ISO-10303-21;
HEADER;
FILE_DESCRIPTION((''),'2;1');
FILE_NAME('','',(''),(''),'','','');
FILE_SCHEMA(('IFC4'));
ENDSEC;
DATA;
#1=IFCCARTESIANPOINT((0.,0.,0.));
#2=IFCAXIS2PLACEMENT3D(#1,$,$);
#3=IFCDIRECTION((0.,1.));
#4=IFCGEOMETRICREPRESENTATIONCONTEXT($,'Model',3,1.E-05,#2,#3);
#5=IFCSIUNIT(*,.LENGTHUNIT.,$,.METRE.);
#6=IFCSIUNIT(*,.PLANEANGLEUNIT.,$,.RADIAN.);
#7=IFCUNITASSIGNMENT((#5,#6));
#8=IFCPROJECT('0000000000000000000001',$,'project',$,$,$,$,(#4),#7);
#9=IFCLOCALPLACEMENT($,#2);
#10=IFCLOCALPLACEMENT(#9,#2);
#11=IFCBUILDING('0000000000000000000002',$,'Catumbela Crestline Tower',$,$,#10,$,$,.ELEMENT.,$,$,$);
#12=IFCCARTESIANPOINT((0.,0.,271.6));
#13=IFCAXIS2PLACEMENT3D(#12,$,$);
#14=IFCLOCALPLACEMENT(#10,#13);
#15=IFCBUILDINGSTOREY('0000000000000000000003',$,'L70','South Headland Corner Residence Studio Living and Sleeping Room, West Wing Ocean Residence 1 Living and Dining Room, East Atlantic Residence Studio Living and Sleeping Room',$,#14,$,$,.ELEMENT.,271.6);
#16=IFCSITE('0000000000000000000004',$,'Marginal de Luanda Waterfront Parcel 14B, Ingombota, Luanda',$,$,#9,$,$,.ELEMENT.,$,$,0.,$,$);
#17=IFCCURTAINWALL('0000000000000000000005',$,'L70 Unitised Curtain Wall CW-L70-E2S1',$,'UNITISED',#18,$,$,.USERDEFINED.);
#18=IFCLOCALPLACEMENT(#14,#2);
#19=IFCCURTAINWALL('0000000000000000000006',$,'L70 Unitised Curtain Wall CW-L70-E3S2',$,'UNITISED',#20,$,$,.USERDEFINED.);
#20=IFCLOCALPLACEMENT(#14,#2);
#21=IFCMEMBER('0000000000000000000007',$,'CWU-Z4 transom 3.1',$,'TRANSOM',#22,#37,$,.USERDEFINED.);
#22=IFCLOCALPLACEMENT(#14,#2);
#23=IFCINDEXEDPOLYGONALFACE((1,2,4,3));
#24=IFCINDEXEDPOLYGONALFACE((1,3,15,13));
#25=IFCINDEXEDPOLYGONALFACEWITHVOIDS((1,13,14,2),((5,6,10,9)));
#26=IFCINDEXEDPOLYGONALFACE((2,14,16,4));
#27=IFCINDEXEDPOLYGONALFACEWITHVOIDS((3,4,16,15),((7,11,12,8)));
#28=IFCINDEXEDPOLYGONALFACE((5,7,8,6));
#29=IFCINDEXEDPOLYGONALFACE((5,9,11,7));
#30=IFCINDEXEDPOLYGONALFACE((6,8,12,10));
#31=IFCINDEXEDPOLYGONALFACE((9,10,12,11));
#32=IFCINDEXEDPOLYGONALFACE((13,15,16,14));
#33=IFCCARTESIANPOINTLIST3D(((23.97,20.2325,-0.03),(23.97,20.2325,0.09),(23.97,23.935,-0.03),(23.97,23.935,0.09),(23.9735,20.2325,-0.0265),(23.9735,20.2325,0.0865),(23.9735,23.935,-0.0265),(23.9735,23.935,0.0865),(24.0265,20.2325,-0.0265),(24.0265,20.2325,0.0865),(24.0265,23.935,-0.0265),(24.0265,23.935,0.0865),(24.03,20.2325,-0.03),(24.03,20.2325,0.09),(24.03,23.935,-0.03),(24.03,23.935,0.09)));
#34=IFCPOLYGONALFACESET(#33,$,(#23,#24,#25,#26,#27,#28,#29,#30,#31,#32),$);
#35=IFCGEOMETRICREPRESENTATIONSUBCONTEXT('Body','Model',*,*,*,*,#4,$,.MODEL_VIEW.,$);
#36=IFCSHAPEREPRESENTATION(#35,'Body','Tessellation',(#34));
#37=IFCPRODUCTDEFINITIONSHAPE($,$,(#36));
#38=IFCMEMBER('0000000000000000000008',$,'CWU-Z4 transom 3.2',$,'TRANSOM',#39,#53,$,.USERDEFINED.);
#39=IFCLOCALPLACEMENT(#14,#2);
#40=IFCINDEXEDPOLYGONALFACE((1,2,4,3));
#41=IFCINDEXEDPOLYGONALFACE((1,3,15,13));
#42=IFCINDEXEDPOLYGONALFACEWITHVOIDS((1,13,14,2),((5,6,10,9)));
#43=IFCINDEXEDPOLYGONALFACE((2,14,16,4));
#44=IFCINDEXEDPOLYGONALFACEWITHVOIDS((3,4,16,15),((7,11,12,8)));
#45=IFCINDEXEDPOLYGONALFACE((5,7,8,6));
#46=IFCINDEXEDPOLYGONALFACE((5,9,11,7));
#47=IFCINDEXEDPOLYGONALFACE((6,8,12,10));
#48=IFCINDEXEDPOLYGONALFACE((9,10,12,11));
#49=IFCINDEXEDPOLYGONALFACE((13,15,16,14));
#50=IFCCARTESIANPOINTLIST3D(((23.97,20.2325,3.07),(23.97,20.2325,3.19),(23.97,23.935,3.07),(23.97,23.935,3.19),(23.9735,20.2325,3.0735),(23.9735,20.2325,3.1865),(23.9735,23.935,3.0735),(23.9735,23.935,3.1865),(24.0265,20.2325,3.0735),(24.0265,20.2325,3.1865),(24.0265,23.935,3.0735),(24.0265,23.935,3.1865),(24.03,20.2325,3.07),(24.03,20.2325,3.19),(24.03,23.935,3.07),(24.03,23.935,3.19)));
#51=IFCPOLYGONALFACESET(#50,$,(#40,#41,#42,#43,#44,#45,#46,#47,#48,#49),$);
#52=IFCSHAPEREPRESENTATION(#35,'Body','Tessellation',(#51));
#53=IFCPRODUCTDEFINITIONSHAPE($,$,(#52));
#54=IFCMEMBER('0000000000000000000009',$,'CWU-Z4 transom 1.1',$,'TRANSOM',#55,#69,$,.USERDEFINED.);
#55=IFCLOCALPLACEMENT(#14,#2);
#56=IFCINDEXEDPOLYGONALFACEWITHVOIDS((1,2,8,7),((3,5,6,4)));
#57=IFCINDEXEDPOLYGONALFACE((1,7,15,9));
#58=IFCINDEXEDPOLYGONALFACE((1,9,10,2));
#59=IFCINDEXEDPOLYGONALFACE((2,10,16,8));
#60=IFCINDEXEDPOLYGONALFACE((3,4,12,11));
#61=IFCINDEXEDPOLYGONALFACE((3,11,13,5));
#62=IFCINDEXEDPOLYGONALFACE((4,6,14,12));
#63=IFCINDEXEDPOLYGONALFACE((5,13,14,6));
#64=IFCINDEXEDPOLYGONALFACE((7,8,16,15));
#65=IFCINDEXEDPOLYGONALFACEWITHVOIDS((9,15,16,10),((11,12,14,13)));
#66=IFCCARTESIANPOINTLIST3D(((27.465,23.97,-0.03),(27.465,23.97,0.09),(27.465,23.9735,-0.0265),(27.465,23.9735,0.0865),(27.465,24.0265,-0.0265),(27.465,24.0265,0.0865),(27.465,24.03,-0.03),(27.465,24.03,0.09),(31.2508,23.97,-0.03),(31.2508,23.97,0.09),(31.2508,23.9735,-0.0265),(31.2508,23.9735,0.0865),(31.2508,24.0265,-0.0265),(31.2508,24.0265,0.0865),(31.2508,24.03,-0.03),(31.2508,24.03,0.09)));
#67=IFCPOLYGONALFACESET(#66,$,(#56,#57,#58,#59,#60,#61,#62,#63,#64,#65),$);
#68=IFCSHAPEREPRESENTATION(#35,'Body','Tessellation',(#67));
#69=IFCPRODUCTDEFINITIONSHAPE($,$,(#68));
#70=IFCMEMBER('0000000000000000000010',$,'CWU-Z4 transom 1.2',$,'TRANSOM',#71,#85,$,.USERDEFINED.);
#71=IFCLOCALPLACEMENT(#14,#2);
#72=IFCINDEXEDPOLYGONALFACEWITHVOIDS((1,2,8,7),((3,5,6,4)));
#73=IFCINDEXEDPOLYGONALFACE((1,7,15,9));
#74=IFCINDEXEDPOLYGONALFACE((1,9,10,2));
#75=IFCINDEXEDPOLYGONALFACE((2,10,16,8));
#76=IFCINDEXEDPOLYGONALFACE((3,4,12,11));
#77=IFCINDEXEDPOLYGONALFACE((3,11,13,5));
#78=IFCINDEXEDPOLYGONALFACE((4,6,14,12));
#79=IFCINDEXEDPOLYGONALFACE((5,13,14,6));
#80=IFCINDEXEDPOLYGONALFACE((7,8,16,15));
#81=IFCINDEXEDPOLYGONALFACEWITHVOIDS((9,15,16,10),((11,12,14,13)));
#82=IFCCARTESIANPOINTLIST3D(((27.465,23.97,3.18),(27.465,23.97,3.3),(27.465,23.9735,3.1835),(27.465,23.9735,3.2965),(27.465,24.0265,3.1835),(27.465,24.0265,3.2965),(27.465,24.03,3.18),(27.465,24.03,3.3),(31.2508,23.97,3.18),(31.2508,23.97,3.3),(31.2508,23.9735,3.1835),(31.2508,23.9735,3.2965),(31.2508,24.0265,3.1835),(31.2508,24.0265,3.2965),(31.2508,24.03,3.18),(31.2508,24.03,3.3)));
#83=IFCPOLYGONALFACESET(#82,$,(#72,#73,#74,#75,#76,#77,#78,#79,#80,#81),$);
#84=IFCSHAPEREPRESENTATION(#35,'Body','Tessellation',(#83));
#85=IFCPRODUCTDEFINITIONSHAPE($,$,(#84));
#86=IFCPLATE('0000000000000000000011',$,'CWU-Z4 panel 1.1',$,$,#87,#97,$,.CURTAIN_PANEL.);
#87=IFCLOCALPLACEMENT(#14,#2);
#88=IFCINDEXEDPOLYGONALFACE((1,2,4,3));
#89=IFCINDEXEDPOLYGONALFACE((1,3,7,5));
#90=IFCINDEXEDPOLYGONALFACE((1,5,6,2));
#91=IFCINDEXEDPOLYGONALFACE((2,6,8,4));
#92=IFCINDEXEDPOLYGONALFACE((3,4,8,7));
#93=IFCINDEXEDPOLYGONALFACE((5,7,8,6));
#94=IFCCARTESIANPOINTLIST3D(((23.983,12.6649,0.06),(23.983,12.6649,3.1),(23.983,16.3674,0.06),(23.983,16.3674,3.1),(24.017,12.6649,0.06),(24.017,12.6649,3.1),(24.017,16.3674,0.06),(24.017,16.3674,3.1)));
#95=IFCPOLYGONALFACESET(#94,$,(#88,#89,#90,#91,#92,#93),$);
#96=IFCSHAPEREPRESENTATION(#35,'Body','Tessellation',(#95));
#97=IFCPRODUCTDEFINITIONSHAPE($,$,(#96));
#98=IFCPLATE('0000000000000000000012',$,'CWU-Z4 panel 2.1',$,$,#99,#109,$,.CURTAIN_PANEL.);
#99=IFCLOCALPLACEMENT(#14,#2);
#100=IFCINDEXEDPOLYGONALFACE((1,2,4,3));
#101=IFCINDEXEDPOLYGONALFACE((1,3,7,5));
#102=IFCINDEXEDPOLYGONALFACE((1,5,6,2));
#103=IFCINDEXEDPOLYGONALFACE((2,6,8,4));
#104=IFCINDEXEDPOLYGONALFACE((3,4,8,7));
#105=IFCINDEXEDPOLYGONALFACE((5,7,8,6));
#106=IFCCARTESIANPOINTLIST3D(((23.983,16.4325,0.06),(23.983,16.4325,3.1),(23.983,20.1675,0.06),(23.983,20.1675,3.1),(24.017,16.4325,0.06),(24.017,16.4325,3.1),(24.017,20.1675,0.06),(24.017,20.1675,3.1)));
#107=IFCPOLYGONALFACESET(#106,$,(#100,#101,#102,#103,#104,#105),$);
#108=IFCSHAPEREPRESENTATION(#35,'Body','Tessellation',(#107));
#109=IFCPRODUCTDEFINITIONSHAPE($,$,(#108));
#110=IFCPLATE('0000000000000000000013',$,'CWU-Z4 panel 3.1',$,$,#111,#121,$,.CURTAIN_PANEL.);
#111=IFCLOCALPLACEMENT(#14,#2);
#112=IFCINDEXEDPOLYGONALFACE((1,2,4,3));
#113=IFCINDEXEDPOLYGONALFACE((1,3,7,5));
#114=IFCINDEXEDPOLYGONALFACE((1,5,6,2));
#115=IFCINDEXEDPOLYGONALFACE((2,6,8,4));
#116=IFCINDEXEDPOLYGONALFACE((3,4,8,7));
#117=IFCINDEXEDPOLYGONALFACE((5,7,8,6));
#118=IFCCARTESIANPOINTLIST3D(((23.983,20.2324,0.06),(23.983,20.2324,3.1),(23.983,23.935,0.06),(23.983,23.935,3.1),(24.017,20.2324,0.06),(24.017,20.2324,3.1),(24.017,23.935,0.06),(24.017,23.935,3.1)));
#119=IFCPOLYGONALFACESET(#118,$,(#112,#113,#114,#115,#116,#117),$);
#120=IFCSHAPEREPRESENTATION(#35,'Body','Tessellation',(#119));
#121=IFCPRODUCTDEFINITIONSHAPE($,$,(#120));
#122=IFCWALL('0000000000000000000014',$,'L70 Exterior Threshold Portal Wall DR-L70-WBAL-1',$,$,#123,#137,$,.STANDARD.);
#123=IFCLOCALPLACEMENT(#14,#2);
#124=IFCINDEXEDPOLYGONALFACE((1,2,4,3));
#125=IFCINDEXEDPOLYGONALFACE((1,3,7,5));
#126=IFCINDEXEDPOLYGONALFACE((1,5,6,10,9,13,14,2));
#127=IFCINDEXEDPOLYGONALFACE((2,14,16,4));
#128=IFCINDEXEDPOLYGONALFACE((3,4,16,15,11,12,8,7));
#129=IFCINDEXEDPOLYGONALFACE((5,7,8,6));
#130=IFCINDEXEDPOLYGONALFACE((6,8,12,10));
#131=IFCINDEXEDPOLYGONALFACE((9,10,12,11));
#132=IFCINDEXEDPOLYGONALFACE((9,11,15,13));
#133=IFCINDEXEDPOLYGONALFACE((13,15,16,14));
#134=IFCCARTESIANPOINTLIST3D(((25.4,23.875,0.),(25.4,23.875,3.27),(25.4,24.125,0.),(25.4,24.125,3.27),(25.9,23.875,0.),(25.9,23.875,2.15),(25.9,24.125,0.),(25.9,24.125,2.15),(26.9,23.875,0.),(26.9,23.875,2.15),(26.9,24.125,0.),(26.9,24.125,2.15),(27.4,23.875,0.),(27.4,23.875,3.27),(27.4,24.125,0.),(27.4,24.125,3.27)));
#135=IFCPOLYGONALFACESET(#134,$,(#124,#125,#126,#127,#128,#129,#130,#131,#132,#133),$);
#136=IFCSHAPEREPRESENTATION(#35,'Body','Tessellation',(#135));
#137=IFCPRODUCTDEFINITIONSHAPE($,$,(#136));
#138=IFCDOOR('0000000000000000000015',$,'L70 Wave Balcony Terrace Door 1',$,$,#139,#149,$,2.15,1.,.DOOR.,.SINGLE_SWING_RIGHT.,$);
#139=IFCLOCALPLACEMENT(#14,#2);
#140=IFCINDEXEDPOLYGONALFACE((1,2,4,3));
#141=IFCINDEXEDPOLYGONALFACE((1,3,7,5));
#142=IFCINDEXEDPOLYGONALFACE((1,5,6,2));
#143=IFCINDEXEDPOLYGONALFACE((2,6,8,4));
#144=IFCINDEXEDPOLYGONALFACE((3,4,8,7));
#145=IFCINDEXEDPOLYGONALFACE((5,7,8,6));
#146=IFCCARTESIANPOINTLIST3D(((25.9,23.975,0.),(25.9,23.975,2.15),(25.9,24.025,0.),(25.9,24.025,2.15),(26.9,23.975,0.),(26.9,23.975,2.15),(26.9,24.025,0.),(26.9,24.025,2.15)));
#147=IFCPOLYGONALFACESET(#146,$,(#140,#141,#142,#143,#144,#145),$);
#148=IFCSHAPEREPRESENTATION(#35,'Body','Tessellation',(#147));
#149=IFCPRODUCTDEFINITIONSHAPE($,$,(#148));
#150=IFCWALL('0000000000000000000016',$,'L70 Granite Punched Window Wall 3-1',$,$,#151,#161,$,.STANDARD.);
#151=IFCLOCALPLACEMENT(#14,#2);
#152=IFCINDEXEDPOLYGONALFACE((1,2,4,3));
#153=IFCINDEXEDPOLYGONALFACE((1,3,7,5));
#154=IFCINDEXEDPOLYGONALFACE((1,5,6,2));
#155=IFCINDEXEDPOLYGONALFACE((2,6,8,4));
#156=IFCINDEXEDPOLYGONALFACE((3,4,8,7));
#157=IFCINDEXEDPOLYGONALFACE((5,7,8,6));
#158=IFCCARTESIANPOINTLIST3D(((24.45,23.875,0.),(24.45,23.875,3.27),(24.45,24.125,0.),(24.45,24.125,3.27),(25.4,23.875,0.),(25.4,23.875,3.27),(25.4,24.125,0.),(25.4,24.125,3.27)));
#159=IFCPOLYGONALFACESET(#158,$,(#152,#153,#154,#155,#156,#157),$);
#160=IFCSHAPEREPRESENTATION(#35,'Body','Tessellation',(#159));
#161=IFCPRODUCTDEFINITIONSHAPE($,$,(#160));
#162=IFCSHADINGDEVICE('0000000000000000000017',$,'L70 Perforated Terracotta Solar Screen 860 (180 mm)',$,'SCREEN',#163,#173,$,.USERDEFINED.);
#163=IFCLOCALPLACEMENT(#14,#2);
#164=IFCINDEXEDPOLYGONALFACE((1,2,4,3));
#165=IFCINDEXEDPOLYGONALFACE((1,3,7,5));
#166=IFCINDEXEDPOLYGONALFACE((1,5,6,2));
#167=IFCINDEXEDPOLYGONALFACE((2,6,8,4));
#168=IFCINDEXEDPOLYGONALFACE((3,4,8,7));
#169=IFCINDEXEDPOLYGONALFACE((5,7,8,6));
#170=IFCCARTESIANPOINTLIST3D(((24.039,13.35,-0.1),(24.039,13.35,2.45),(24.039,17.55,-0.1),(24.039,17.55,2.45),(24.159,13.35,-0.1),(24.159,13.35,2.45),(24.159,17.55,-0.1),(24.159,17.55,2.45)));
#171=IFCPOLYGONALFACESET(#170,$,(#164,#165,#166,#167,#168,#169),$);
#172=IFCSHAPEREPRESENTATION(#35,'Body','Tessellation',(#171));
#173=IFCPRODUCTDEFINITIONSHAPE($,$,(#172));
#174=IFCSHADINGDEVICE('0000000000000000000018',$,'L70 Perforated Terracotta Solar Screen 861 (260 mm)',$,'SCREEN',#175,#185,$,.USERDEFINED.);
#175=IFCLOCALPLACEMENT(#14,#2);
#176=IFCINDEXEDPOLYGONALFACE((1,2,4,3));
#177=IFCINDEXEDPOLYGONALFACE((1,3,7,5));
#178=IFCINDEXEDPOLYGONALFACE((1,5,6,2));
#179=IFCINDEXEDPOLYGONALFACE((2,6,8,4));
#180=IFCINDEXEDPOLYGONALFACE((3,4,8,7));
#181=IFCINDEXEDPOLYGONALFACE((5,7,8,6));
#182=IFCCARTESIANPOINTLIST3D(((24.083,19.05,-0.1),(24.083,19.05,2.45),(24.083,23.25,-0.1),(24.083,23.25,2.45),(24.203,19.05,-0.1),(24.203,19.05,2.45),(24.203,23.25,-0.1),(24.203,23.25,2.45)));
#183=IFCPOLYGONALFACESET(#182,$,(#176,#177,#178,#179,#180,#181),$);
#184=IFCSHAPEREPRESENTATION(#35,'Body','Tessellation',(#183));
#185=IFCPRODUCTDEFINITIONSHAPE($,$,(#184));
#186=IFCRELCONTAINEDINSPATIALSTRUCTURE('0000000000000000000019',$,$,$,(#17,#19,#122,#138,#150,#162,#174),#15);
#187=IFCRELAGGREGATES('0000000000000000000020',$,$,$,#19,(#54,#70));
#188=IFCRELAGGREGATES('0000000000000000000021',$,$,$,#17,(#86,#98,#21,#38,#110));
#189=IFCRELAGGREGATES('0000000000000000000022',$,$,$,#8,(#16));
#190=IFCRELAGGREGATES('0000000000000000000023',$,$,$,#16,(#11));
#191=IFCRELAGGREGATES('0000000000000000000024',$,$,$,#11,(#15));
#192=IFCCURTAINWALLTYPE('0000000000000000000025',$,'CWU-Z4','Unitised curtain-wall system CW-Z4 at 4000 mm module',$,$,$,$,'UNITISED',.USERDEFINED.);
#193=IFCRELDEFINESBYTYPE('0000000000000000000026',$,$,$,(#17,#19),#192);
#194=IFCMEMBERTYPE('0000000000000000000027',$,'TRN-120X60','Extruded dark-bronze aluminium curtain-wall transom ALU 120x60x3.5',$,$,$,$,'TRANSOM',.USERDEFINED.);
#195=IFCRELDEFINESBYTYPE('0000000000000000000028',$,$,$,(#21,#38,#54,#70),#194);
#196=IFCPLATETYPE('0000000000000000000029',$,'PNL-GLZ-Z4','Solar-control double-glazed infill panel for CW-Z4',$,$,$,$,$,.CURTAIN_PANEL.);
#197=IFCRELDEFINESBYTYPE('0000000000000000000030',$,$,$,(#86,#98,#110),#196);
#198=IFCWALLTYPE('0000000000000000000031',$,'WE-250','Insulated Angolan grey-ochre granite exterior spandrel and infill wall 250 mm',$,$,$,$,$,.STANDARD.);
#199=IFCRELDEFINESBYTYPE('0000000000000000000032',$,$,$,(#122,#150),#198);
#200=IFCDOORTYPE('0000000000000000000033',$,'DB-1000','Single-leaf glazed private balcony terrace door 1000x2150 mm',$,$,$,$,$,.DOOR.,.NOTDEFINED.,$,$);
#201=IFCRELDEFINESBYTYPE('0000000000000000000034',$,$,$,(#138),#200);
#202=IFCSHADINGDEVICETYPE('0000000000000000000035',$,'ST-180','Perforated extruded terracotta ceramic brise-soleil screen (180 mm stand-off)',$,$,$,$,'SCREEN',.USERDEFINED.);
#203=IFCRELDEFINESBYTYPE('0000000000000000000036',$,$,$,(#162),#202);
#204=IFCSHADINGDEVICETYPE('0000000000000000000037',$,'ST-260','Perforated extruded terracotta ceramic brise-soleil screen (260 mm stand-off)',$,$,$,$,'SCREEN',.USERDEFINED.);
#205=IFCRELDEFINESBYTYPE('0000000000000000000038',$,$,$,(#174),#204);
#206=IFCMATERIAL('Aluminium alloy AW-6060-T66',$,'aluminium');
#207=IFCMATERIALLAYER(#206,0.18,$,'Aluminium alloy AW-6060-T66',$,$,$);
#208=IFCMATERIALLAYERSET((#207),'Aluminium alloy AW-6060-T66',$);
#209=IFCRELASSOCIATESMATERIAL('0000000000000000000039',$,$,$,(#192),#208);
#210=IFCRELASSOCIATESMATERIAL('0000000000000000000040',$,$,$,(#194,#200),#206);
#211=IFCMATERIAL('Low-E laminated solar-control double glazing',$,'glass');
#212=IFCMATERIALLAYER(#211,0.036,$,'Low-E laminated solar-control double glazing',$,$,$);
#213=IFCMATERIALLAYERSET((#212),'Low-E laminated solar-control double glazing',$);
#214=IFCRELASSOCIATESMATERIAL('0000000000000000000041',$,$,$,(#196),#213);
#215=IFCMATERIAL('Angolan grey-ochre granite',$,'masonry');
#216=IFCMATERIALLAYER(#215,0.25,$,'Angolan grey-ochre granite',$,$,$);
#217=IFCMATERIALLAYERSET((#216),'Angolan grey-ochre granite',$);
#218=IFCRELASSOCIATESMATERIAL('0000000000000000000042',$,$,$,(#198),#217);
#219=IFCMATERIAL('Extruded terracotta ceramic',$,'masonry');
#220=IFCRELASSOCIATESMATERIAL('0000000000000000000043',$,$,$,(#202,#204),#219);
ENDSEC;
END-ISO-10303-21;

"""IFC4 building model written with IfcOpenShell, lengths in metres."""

from ifc_helpers import new_model, si_unit, direction, frame, frame_2d, origin, origin_2d, place, context, subcontext, project, spatial, rectangle, hollow_rectangle, extrude, material, layer, layer_set, material_profile, profile_set, type_object, element, fill, aggregate, save


model = new_model("IFC4")

# Units and contexts
model_context = context("Model", 3, precision=1e-05, world=origin(), true_north=direction((0.0, 1.0)))
body_context = subcontext(model_context, "Body", "Model", "MODEL_VIEW")
ifc_project = project(units=[si_unit("LENGTHUNIT", "METRE"), si_unit("PLANEANGLEUNIT", "RADIAN")], contexts=[model_context])

# Site, building, storey
site_placement = place(None, origin())
site = spatial("IfcSite", under=ifc_project, at=site_placement, Name="Marginal de Luanda Waterfront Parcel 14B, Ingombota, Luanda", CompositionType="ELEMENT", RefElevation=0.0)
building_placement = place(site_placement, origin())
building = spatial("IfcBuilding", under=site, at=building_placement, Name="Catumbela Crestline Tower", CompositionType="ELEMENT")
storey_placement = place(building_placement, frame((0.0, 0.0, 271.6)))
storey = spatial("IfcBuildingStorey", under=building, at=storey_placement, Name="L70", Description="South Headland Corner Residence Studio Living and Sleeping Room, West Wing Ocean Residence 1 Living and Dining Room, East Atlantic Residence Studio Living and Sleeping Room", CompositionType="ELEMENT", Elevation=271.6)

# Curtain wall
ifc_material_1 = material(Name="Aluminium alloy AW-6060-T66", Category="aluminium")
ifc_layer_1 = layer(ifc_material_1, 0.18, Name="Aluminium alloy AW-6060-T66")
ifc_layer_set_1 = layer_set([ifc_layer_1], Name="Aluminium alloy AW-6060-T66")
curtain_wall_type = type_object("IfcCurtainWallType", Name="CWU-Z4", Description="Unitised curtain-wall system CW-Z4 at 4000 mm module", ElementType="UNITISED", PredefinedType="USERDEFINED", material=ifc_layer_set_1)
curtain_wall_1_placement = place(storey_placement, origin())
curtain_wall_1 = element("IfcCurtainWall", 1, at=curtain_wall_1_placement, inside=storey, type_object=curtain_wall_type, Name="L70 Unitised Curtain Wall CW-L70-E2S1", ObjectType="UNITISED", PredefinedType="USERDEFINED")

# Curtain wall
curtain_wall_2_placement = place(storey_placement, origin())
curtain_wall_2 = element("IfcCurtainWall", 2, at=curtain_wall_2_placement, inside=storey, type_object=curtain_wall_type, Name="L70 Unitised Curtain Wall CW-L70-E3S2", ObjectType="UNITISED", PredefinedType="USERDEFINED")

# Members
ifc_material_profile_1 = material_profile(ifc_material_1, hollow_rectangle(XDim=0.06, YDim=0.12, WallThickness=0.0035, at=origin_2d()), Name="ALU 120x60x3.5")
ifc_profile_set_1 = profile_set([ifc_material_profile_1], Name="Aluminium alloy AW-6060-T66")
member_type_1 = type_object("IfcMemberType", Name="TRN-120X60", Description="Extruded dark-bronze aluminium curtain-wall transom ALU 120x60x3.5", ElementType="TRANSOM", PredefinedType="USERDEFINED", material=ifc_profile_set_1)
member_1_placement = place(storey_placement, frame((24.0, 20.2325, 0.03), z_axis=(0.0, 1.0, 0.0), x_axis=(-1.0, 0.0, 0.0)))
member_1 = element("IfcMember", 3, at=member_1_placement, type_object=member_type_1, Name="CWU-Z4 transom 3.1", ObjectType="TRANSOM", PredefinedType="USERDEFINED", context=body_context, shape_type="SweptSolid", body=[
    extrude(hollow_rectangle(XDim=0.06, YDim=0.12, WallThickness=0.0035, at=origin_2d()), origin(), (0.0, 0.0, 1.0), 3.7025),
])
member_2_placement = place(storey_placement, frame((24.0, 20.2325, 3.13), z_axis=(0.0, 1.0, 0.0), x_axis=(-1.0, 0.0, 0.0)))
member_2 = element("IfcMember", 4, at=member_2_placement, type_object=member_type_1, Name="CWU-Z4 transom 3.2", ObjectType="TRANSOM", PredefinedType="USERDEFINED", context=body_context, shape_type="SweptSolid", body=[
    extrude(hollow_rectangle(XDim=0.06, YDim=0.12, WallThickness=0.0035, at=origin_2d()), origin(), (0.0, 0.0, 1.0), 3.7025),
])
member_3_placement = place(storey_placement, frame((27.465, 24.0, 0.03), z_axis=(1.0, 0.0, 0.0), x_axis=(0.0, 1.0, 0.0)))
member_3 = element("IfcMember", 5, at=member_3_placement, type_object=member_type_1, Name="CWU-Z4 transom 1.1", ObjectType="TRANSOM", PredefinedType="USERDEFINED", context=body_context, shape_type="SweptSolid", body=[
    extrude(hollow_rectangle(XDim=0.06, YDim=0.12, WallThickness=0.0035, at=origin_2d()), origin(), (0.0, 0.0, 1.0), 3.7858),
])
member_4_placement = place(storey_placement, frame((27.465, 24.0, 3.24), z_axis=(1.0, 0.0, 0.0), x_axis=(0.0, 1.0, 0.0)))
member_4 = element("IfcMember", 6, at=member_4_placement, type_object=member_type_1, Name="CWU-Z4 transom 1.2", ObjectType="TRANSOM", PredefinedType="USERDEFINED", context=body_context, shape_type="SweptSolid", body=[
    extrude(hollow_rectangle(XDim=0.06, YDim=0.12, WallThickness=0.0035, at=origin_2d()), origin(), (0.0, 0.0, 1.0), 3.7858),
])
aggregate(curtain_wall_2, [member_3, member_4])

# Plates
ifc_material_2 = material(Name="Low-E laminated solar-control double glazing", Category="glass")
ifc_layer_2 = layer(ifc_material_2, 0.036, Name="Low-E laminated solar-control double glazing")
ifc_layer_set_2 = layer_set([ifc_layer_2], Name="Low-E laminated solar-control double glazing")
plate_type = type_object("IfcPlateType", Name="PNL-GLZ-Z4", Description="Solar-control double-glazed infill panel for CW-Z4", PredefinedType="CURTAIN_PANEL", material=ifc_layer_set_2)
plate_1_placement = place(storey_placement, frame((24.0, 14.5162, 0.06), z_axis=(0.0, 0.0, 1.0), x_axis=(0.0, 1.0, 0.0)))
plate_1 = element("IfcPlate", 7, at=plate_1_placement, type_object=plate_type, Name="CWU-Z4 panel 1.1", PredefinedType="CURTAIN_PANEL", context=body_context, shape_type="SweptSolid", body=[
    extrude(rectangle(XDim=3.7025, YDim=0.034, at=origin_2d()), origin(), (0.0, 0.0, 1.0), 3.04),
])
plate_2_placement = place(storey_placement, frame((24.0, 18.3, 0.06), z_axis=(0.0, 0.0, 1.0), x_axis=(0.0, 1.0, 0.0)))
plate_2 = element("IfcPlate", 8, at=plate_2_placement, type_object=plate_type, Name="CWU-Z4 panel 2.1", PredefinedType="CURTAIN_PANEL", context=body_context, shape_type="SweptSolid", body=[
    extrude(rectangle(XDim=3.735, YDim=0.034, at=origin_2d()), origin(), (0.0, 0.0, 1.0), 3.04),
])
plate_3_placement = place(storey_placement, frame((24.0, 22.0837, 0.06), z_axis=(0.0, 0.0, 1.0), x_axis=(0.0, 1.0, 0.0)))
plate_3 = element("IfcPlate", 9, at=plate_3_placement, type_object=plate_type, Name="CWU-Z4 panel 3.1", PredefinedType="CURTAIN_PANEL", context=body_context, shape_type="SweptSolid", body=[
    extrude(rectangle(XDim=3.7025, YDim=0.034, at=origin_2d()), origin(), (0.0, 0.0, 1.0), 3.04),
])
aggregate(curtain_wall_1, [plate_1, plate_2, member_1, member_2, plate_3])

# Wall, opening, door
ifc_material_3 = material(Name="Angolan grey-ochre granite", Category="masonry")
ifc_layer_3 = layer(ifc_material_3, 0.25, Name="Angolan grey-ochre granite")
ifc_layer_set_3 = layer_set([ifc_layer_3], Name="Angolan grey-ochre granite")
wall_type = type_object("IfcWallType", Name="WE-250", Description="Insulated Angolan grey-ochre granite exterior spandrel and infill wall 250 mm", PredefinedType="STANDARD", material=ifc_layer_set_3)
wall_1_placement = place(storey_placement, frame((25.4, 24.0, 0.0), z_axis=(0.0, 0.0, 1.0), x_axis=(1.0, 0.0, 0.0)))
wall_1 = element("IfcWall", 10, at=wall_1_placement, inside=storey, type_object=wall_type, Name="L70 Exterior Threshold Portal Wall DR-L70-WBAL-1", PredefinedType="STANDARD", context=body_context, shape_type="SweptSolid", body=[
    extrude(rectangle(XDim=2.0, YDim=0.25, at=frame_2d((1.0, 0.0))), origin(), (0.0, 0.0, 1.0), 3.27),
])
opening_placement = place(wall_1_placement, frame((0.5, 0.0, 0.0)))
opening = element("IfcOpeningElement", 11, at=opening_placement, cuts=wall_1, PredefinedType="OPENING", context=body_context, shape_type="SweptSolid", body=[
    extrude(rectangle(XDim=1.0, YDim=2.15, at=frame_2d((0.5, 1.075))), frame((0.0, 0.135, 0.0), z_axis=(0.0, -1.0, 0.0), x_axis=(1.0, 0.0, 0.0)), (0.0, 0.0, 1.0), 0.27),
])
door_type = type_object("IfcDoorType", Name="DB-1000", Description="Single-leaf glazed private balcony terrace door 1000x2150 mm", OperationType="NOTDEFINED", PredefinedType="DOOR", material=ifc_material_1)
door_placement = place(opening_placement, origin())
door = element("IfcDoor", 12, at=door_placement, inside=storey, type_object=door_type, Name="L70 Wave Balcony Terrace Door 1", OperationType="SINGLE_SWING_RIGHT", OverallHeight=2.15, OverallWidth=1.0, PredefinedType="DOOR", context=body_context, shape_type="SweptSolid", body=[
    extrude(rectangle(XDim=1.0, YDim=2.15, at=frame_2d((0.5, 1.075))), frame((0.0, 0.025, 0.0), z_axis=(0.0, -1.0, 0.0), x_axis=(1.0, 0.0, 0.0)), (0.0, 0.0, 1.0), 0.05),
])
fill(opening, door)

# Wall
wall_2_placement = place(storey_placement, frame((24.45, 24.0, 0.0), z_axis=(0.0, 0.0, 1.0), x_axis=(1.0, 0.0, 0.0)))
element("IfcWall", 13, at=wall_2_placement, inside=storey, type_object=wall_type, Name="L70 Granite Punched Window Wall 3-1", PredefinedType="STANDARD", context=body_context, shape_type="SweptSolid", body=[
    extrude(rectangle(XDim=0.95, YDim=0.25, at=frame_2d((0.475, 0.0))), origin(), (0.0, 0.0, 1.0), 3.27),
])

# Shading devices
ifc_material_4 = material(Name="Extruded terracotta ceramic", Category="masonry")
shading_device_type_1 = type_object("IfcShadingDeviceType", Name="ST-180", Description="Perforated extruded terracotta ceramic brise-soleil screen (180 mm stand-off)", ElementType="SCREEN", PredefinedType="USERDEFINED", material=ifc_material_4)
shading_device_1_placement = place(storey_placement, frame((24.099, 15.45, -0.1), z_axis=(0.0, 0.0, 1.0), x_axis=(0.0, 1.0, 0.0)))
element("IfcShadingDevice", 14, at=shading_device_1_placement, inside=storey, type_object=shading_device_type_1, Name="L70 Perforated Terracotta Solar Screen 860 (180 mm)", ObjectType="SCREEN", PredefinedType="USERDEFINED", context=body_context, shape_type="SweptSolid", body=[
    extrude(rectangle(XDim=4.2, YDim=0.12, at=origin_2d()), origin(), (0.0, 0.0, 1.0), 2.55),
])
shading_device_type_2 = type_object("IfcShadingDeviceType", Name="ST-260", Description="Perforated extruded terracotta ceramic brise-soleil screen (260 mm stand-off)", ElementType="SCREEN", PredefinedType="USERDEFINED", material=ifc_material_4)
shading_device_2_placement = place(storey_placement, frame((24.143, 21.15, -0.1), z_axis=(0.0, 0.0, 1.0), x_axis=(0.0, 1.0, 0.0)))
element("IfcShadingDevice", 15, at=shading_device_2_placement, inside=storey, type_object=shading_device_type_2, Name="L70 Perforated Terracotta Solar Screen 861 (260 mm)", ObjectType="SCREEN", PredefinedType="USERDEFINED", context=body_context, shape_type="SweptSolid", body=[
    extrude(rectangle(XDim=4.2, YDim=0.12, at=origin_2d()), origin(), (0.0, 0.0, 1.0), 2.55),
])

save(model, "model.ifc")
